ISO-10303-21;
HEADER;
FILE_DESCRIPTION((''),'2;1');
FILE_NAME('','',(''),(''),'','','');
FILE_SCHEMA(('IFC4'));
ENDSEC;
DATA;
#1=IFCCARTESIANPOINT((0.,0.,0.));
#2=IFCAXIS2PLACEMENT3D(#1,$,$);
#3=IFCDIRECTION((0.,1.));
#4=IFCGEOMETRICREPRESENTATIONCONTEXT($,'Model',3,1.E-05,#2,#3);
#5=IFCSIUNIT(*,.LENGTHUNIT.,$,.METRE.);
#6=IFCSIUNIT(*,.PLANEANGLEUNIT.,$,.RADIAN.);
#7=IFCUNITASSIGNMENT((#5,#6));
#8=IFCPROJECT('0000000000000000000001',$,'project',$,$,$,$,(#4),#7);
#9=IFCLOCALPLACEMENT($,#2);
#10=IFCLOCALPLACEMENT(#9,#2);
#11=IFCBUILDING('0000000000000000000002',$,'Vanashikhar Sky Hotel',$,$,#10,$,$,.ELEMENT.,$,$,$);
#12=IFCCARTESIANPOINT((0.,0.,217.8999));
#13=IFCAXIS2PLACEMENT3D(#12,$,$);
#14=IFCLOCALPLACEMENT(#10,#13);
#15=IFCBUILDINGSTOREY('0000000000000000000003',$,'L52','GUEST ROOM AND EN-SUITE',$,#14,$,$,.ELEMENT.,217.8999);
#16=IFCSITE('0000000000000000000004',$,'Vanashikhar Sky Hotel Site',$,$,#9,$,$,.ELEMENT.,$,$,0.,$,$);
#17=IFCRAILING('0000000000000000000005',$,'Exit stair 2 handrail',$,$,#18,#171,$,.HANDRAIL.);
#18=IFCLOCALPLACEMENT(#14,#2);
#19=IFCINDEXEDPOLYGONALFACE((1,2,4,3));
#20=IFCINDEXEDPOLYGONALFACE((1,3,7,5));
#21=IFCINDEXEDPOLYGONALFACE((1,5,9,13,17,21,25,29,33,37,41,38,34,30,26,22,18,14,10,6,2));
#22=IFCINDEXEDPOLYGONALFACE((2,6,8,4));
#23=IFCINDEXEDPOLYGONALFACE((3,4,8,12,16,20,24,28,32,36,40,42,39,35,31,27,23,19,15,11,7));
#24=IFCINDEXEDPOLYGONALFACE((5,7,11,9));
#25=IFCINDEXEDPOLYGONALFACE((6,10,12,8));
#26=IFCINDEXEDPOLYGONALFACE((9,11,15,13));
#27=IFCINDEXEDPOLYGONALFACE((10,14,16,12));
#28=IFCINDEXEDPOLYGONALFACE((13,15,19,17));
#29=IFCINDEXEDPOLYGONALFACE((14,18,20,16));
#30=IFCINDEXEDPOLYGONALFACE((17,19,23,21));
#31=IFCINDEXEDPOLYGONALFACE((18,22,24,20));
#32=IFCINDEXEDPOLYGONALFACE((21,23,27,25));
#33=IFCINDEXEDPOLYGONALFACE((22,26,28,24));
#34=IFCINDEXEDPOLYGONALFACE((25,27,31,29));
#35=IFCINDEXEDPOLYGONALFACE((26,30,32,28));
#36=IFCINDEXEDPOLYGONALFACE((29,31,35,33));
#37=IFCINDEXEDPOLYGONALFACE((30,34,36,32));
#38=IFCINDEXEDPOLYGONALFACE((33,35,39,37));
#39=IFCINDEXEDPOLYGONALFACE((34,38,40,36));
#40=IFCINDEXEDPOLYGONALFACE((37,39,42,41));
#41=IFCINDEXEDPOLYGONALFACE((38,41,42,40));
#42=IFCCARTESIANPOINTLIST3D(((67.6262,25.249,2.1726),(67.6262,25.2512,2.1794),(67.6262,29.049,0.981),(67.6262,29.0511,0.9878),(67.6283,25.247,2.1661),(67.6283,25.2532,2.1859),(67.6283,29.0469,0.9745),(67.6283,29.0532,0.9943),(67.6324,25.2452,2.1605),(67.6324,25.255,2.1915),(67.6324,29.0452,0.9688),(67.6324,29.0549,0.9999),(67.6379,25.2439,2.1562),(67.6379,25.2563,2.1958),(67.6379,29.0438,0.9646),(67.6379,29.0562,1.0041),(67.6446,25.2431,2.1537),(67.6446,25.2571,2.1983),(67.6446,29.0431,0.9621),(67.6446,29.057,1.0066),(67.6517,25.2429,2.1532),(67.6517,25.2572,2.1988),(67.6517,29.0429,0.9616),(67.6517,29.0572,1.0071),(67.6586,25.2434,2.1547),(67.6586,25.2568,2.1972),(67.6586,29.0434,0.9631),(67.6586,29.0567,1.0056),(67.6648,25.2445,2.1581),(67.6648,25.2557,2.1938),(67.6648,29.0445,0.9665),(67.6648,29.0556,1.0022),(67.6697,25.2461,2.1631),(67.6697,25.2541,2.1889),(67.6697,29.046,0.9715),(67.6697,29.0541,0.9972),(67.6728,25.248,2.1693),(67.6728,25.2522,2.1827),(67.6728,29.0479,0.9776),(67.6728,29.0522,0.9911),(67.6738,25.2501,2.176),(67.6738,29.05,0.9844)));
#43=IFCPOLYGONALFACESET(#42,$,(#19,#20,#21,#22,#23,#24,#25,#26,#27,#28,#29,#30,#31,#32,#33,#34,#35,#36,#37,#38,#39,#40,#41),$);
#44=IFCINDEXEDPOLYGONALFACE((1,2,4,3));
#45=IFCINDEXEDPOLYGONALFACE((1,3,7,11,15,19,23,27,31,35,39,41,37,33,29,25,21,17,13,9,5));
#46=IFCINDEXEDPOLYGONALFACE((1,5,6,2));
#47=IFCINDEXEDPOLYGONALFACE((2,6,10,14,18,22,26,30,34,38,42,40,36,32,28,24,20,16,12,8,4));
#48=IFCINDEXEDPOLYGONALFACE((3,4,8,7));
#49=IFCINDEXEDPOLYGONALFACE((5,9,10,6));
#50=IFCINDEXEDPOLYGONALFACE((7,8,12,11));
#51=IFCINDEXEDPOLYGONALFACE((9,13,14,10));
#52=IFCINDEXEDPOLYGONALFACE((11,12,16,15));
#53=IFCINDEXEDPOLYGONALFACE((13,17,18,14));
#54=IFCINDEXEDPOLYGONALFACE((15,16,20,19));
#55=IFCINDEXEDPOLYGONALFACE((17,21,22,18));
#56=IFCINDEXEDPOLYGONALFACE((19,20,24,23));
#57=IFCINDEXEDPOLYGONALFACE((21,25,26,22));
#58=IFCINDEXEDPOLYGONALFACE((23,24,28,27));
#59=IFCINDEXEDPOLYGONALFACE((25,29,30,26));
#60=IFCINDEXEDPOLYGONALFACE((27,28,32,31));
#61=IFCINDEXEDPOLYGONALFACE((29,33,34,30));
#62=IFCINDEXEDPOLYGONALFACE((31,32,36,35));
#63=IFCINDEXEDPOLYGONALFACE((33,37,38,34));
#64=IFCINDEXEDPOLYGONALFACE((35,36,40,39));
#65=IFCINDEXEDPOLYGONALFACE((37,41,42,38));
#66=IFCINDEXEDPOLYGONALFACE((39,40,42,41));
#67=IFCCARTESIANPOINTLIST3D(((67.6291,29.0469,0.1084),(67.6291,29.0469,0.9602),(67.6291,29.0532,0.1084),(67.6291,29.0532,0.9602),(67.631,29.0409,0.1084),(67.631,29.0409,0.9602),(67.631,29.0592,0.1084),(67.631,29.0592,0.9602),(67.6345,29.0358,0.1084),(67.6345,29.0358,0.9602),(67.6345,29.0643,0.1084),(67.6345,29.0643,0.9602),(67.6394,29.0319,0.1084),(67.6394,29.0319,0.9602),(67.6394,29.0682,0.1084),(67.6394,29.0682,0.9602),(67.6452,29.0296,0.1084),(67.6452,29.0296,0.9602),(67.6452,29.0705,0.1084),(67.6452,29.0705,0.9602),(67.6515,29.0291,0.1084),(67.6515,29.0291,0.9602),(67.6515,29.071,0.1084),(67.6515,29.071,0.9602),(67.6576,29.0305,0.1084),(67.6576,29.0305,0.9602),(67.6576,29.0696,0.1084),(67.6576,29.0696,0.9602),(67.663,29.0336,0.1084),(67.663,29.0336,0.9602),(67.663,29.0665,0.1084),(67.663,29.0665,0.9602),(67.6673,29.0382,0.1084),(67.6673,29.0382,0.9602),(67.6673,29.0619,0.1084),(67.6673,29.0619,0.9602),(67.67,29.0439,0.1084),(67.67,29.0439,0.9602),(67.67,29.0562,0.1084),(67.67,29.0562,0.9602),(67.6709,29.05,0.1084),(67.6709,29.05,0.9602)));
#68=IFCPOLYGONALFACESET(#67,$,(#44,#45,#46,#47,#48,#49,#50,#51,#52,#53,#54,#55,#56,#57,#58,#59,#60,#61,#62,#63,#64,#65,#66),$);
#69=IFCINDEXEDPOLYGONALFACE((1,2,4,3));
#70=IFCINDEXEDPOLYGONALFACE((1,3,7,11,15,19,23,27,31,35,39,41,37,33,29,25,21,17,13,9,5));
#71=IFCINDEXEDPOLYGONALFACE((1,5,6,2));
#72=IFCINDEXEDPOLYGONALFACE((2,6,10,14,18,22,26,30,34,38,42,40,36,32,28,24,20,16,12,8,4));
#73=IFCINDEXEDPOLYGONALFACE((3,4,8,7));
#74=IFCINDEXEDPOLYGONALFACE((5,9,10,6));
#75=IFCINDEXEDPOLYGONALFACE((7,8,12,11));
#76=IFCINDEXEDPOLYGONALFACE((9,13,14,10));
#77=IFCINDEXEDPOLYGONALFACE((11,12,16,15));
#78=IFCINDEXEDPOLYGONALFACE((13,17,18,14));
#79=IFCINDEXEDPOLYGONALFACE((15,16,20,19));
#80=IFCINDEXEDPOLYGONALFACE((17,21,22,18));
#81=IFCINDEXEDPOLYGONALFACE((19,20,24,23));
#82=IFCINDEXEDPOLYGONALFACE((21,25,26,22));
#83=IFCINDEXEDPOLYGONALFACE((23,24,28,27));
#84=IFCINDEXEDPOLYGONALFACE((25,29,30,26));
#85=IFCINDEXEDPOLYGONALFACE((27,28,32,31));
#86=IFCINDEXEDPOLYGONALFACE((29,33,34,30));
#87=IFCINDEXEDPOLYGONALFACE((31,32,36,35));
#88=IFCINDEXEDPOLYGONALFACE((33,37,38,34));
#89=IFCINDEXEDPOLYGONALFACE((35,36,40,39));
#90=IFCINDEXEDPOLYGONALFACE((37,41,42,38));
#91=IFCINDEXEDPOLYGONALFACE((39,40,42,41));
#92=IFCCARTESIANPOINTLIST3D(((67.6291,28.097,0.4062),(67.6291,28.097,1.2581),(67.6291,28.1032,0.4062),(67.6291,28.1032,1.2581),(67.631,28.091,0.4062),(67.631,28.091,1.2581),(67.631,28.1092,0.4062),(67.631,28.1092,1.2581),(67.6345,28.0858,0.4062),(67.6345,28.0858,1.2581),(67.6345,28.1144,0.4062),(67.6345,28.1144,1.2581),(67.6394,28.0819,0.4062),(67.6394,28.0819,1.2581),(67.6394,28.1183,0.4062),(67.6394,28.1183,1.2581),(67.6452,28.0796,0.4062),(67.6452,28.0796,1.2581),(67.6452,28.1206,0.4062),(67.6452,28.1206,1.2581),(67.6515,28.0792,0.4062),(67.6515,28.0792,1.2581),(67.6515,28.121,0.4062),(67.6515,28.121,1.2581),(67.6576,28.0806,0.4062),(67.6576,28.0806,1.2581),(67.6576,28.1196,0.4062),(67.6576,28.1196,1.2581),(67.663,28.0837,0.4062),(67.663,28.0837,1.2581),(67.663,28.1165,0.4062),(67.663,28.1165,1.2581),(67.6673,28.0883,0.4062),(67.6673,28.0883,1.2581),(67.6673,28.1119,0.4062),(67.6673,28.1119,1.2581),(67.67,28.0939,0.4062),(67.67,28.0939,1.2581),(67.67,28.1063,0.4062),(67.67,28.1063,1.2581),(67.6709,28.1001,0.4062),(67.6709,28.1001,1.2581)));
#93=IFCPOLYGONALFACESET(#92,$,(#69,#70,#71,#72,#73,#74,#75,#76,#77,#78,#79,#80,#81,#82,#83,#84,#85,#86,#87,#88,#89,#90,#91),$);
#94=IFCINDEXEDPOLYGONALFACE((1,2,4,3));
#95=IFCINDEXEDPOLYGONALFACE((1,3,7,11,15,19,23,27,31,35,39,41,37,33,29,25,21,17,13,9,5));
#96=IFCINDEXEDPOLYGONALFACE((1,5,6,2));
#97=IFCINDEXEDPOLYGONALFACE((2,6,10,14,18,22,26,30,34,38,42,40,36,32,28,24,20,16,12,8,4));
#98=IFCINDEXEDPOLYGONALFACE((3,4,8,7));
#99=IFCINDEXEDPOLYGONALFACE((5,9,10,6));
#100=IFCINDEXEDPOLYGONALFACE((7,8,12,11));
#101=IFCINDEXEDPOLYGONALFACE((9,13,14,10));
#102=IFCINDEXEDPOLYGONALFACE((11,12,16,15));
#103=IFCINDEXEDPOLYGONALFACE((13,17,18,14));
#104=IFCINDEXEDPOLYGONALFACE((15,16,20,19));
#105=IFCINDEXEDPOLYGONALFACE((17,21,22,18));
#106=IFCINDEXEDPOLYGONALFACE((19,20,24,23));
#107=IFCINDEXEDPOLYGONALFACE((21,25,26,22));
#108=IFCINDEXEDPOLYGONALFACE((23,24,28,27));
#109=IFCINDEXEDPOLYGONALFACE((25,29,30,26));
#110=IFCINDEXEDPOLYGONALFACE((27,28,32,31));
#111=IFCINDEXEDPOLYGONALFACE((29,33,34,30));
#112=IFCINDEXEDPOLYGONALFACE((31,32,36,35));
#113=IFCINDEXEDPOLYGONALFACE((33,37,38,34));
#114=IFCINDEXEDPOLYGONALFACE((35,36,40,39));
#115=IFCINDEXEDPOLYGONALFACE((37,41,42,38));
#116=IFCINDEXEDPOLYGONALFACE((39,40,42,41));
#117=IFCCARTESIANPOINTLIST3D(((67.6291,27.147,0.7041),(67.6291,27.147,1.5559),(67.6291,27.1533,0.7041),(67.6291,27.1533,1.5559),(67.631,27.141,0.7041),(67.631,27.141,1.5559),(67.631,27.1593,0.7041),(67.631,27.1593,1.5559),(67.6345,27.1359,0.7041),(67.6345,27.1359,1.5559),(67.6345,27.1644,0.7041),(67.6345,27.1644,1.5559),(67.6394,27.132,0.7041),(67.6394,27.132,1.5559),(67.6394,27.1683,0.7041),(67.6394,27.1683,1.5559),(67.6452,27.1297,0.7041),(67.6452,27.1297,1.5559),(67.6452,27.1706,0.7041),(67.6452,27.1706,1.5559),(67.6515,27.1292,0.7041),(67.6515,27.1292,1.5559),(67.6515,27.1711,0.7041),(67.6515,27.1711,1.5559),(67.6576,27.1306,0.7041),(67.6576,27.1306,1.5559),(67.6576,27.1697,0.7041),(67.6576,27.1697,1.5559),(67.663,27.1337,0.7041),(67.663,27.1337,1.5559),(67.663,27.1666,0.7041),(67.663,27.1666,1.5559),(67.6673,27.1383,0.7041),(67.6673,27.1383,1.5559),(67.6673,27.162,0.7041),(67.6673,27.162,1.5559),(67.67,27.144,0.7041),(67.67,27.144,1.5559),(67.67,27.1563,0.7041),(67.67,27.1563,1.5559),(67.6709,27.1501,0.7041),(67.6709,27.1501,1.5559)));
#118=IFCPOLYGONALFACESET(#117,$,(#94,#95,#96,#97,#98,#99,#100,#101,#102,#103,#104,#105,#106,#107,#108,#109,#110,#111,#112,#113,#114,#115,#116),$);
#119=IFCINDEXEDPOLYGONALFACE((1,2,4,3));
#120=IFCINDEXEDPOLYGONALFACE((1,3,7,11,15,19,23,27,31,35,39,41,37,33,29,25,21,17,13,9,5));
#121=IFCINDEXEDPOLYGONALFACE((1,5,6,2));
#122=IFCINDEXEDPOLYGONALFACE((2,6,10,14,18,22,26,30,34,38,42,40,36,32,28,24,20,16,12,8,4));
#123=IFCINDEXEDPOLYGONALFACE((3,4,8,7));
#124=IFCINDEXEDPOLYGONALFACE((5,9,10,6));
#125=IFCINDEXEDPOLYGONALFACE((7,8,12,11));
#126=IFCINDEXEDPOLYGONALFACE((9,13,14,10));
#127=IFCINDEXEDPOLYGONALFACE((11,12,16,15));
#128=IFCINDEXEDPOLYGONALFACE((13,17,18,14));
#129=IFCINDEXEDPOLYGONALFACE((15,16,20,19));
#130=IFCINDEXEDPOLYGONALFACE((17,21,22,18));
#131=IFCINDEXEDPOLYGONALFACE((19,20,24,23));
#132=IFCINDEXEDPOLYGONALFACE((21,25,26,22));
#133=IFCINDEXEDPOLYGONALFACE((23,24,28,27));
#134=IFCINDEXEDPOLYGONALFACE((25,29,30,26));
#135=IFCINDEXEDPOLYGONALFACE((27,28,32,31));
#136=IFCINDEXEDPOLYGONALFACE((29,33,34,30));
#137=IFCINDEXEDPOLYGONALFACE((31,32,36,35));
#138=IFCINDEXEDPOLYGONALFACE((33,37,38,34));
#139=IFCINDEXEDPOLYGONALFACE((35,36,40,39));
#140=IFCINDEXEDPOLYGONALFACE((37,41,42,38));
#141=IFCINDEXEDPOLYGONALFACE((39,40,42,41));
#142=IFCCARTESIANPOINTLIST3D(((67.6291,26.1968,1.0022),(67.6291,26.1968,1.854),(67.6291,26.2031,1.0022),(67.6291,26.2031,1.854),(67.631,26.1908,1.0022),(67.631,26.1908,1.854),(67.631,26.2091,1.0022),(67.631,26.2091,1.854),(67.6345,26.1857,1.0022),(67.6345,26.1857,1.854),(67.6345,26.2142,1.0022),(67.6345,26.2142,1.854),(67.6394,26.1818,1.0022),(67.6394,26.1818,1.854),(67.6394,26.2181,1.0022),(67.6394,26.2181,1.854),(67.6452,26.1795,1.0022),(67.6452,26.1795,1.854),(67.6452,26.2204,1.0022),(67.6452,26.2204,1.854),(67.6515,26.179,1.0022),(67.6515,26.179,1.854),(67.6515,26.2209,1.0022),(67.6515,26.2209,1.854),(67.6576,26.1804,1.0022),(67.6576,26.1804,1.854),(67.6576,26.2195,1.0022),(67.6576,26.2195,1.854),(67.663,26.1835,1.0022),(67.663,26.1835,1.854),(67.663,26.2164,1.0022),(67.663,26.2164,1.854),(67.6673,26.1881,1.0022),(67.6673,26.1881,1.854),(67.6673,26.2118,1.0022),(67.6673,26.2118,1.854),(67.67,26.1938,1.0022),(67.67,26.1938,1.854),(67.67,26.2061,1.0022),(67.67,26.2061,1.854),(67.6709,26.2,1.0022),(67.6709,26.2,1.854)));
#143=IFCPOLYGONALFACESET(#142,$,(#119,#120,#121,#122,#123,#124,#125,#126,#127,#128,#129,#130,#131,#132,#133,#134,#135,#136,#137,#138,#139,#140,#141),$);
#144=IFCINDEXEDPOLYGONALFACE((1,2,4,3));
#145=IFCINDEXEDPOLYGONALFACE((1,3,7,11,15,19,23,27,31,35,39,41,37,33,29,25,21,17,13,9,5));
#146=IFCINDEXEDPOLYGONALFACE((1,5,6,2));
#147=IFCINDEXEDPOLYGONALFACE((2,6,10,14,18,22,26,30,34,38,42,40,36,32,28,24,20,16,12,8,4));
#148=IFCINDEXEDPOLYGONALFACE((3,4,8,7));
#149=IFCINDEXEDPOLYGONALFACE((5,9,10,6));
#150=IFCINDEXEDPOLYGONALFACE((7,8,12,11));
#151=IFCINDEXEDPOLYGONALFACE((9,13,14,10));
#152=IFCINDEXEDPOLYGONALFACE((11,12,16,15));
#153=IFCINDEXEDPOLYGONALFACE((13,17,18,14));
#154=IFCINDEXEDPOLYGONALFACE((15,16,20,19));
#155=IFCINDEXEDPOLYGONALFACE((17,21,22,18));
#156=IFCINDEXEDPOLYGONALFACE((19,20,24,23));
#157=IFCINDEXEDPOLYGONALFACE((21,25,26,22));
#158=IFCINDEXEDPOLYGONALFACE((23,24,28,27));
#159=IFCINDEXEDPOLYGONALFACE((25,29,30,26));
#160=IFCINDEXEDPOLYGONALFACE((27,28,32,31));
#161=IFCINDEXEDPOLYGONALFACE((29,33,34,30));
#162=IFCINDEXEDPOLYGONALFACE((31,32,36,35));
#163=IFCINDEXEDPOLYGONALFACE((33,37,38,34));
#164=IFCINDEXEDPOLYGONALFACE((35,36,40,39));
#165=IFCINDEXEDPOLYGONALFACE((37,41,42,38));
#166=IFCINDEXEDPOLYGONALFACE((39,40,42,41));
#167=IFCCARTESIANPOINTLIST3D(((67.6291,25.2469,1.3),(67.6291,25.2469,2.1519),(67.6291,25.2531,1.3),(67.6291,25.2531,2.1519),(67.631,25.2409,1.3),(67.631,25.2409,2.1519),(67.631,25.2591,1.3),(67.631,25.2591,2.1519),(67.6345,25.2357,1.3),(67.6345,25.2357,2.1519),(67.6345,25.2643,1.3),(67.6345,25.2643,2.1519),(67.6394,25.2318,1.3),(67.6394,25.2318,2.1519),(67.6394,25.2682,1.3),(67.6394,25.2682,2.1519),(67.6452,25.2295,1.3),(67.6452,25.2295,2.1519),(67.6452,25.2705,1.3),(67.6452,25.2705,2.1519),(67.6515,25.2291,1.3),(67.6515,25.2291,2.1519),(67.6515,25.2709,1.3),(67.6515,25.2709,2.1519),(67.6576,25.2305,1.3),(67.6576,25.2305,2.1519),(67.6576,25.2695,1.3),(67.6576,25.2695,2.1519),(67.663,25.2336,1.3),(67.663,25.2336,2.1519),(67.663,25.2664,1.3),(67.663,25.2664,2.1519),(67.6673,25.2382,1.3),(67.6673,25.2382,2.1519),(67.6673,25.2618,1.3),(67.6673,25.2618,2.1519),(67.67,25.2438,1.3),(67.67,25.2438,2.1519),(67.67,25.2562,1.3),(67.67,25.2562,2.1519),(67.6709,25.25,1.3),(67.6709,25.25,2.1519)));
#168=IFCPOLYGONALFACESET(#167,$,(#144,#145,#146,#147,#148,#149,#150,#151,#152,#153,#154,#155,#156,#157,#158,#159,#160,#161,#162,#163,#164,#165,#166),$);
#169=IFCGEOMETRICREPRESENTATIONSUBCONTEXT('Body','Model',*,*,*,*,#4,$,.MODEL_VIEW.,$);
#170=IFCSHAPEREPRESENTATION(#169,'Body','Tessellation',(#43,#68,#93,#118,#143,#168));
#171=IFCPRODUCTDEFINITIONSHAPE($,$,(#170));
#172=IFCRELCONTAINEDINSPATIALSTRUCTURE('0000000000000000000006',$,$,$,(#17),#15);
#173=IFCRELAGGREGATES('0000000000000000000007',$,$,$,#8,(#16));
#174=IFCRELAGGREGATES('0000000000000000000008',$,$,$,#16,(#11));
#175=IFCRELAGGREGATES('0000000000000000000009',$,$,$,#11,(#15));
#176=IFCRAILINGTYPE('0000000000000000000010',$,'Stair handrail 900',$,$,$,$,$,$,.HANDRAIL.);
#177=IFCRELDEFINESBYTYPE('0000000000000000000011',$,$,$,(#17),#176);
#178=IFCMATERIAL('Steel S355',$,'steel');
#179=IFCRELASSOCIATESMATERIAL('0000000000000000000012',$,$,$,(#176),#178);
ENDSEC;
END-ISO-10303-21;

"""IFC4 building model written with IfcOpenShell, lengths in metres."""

from ifc_helpers import new_model, si_unit, direction, frame, origin, origin_2d, place, context, subcontext, project, spatial, circle, extrude, source, transform, mapped, material, type_object, element, save


model = new_model("IFC4")

# Units and contexts
model_context = context("Model", 3, precision=1e-05, world=origin(), true_north=direction((0.0, 1.0)))
body_context = subcontext(model_context, "Body", "Model", "MODEL_VIEW")
ifc_project = project(units=[si_unit("LENGTHUNIT", "METRE"), si_unit("PLANEANGLEUNIT", "RADIAN")], contexts=[model_context])

# Site, building, storey
site_placement = place(None, origin())
site = spatial("IfcSite", under=ifc_project, at=site_placement, Name="Vanashikhar Sky Hotel Site", CompositionType="ELEMENT", RefElevation=0.0)
building_placement = place(site_placement, origin())
building = spatial("IfcBuilding", under=site, at=building_placement, Name="Vanashikhar Sky Hotel", CompositionType="ELEMENT")
storey_placement = place(building_placement, frame((0.0, 0.0, 217.8999)))
storey = spatial("IfcBuildingStorey", under=building, at=storey_placement, Name="L52", Description="GUEST ROOM AND EN-SUITE", CompositionType="ELEMENT", Elevation=217.8999)

# Railing
ifc_material_1 = material(Name="Steel S355", Category="steel")
railing_type_1 = type_object("IfcRailingType", Name="Stair handrail 900", PredefinedType="HANDRAIL", material=ifc_material_1)
shared_shape_1 = source(origin(), body_context, "Body", "SweptSolid", [
    extrude(circle(Radius=0.0239, at=origin_2d()), frame((0.0, 0.0, 0.876), z_axis=(0.0, -0.954184, 0.299221), x_axis=(1.0, 0.0, 0.0)), (0.0, 0.0, 1.0), 3.9824),
    extrude(circle(Radius=0.021, at=origin_2d()), origin(), (0.0, 0.0, 1.0), 0.8518),
    extrude(circle(Radius=0.021, at=origin_2d()), frame((0.0, -0.95, 0.2979)), (0.0, 0.0, 1.0), 0.8518),
    extrude(circle(Radius=0.021, at=origin_2d()), frame((0.0, -1.8999, 0.5957)), (0.0, 0.0, 1.0), 0.8518),
    extrude(circle(Radius=0.021, at=origin_2d()), frame((0.0, -2.8501, 0.8938)), (0.0, 0.0, 1.0), 0.8518),
    extrude(circle(Radius=0.021, at=origin_2d()), frame((0.0, -3.8, 1.1917)), (0.0, 0.0, 1.0), 0.8518),
])
for number, where, name in (
    (1, (67.6499, 29.05, 0.1084), "Exit stair 2 handrail"),
):
    element("IfcRailing", number, at=place(storey_placement, frame(where)), inside=storey, type_object=railing_type_1, Name=name, PredefinedType="HANDRAIL", context=body_context, shape_type="MappedRepresentation", body=[
        mapped(shared_shape_1, transform((0.0, 0.0, 0.0), scale=1.0)),
    ])

save(model, "model.ifc")
